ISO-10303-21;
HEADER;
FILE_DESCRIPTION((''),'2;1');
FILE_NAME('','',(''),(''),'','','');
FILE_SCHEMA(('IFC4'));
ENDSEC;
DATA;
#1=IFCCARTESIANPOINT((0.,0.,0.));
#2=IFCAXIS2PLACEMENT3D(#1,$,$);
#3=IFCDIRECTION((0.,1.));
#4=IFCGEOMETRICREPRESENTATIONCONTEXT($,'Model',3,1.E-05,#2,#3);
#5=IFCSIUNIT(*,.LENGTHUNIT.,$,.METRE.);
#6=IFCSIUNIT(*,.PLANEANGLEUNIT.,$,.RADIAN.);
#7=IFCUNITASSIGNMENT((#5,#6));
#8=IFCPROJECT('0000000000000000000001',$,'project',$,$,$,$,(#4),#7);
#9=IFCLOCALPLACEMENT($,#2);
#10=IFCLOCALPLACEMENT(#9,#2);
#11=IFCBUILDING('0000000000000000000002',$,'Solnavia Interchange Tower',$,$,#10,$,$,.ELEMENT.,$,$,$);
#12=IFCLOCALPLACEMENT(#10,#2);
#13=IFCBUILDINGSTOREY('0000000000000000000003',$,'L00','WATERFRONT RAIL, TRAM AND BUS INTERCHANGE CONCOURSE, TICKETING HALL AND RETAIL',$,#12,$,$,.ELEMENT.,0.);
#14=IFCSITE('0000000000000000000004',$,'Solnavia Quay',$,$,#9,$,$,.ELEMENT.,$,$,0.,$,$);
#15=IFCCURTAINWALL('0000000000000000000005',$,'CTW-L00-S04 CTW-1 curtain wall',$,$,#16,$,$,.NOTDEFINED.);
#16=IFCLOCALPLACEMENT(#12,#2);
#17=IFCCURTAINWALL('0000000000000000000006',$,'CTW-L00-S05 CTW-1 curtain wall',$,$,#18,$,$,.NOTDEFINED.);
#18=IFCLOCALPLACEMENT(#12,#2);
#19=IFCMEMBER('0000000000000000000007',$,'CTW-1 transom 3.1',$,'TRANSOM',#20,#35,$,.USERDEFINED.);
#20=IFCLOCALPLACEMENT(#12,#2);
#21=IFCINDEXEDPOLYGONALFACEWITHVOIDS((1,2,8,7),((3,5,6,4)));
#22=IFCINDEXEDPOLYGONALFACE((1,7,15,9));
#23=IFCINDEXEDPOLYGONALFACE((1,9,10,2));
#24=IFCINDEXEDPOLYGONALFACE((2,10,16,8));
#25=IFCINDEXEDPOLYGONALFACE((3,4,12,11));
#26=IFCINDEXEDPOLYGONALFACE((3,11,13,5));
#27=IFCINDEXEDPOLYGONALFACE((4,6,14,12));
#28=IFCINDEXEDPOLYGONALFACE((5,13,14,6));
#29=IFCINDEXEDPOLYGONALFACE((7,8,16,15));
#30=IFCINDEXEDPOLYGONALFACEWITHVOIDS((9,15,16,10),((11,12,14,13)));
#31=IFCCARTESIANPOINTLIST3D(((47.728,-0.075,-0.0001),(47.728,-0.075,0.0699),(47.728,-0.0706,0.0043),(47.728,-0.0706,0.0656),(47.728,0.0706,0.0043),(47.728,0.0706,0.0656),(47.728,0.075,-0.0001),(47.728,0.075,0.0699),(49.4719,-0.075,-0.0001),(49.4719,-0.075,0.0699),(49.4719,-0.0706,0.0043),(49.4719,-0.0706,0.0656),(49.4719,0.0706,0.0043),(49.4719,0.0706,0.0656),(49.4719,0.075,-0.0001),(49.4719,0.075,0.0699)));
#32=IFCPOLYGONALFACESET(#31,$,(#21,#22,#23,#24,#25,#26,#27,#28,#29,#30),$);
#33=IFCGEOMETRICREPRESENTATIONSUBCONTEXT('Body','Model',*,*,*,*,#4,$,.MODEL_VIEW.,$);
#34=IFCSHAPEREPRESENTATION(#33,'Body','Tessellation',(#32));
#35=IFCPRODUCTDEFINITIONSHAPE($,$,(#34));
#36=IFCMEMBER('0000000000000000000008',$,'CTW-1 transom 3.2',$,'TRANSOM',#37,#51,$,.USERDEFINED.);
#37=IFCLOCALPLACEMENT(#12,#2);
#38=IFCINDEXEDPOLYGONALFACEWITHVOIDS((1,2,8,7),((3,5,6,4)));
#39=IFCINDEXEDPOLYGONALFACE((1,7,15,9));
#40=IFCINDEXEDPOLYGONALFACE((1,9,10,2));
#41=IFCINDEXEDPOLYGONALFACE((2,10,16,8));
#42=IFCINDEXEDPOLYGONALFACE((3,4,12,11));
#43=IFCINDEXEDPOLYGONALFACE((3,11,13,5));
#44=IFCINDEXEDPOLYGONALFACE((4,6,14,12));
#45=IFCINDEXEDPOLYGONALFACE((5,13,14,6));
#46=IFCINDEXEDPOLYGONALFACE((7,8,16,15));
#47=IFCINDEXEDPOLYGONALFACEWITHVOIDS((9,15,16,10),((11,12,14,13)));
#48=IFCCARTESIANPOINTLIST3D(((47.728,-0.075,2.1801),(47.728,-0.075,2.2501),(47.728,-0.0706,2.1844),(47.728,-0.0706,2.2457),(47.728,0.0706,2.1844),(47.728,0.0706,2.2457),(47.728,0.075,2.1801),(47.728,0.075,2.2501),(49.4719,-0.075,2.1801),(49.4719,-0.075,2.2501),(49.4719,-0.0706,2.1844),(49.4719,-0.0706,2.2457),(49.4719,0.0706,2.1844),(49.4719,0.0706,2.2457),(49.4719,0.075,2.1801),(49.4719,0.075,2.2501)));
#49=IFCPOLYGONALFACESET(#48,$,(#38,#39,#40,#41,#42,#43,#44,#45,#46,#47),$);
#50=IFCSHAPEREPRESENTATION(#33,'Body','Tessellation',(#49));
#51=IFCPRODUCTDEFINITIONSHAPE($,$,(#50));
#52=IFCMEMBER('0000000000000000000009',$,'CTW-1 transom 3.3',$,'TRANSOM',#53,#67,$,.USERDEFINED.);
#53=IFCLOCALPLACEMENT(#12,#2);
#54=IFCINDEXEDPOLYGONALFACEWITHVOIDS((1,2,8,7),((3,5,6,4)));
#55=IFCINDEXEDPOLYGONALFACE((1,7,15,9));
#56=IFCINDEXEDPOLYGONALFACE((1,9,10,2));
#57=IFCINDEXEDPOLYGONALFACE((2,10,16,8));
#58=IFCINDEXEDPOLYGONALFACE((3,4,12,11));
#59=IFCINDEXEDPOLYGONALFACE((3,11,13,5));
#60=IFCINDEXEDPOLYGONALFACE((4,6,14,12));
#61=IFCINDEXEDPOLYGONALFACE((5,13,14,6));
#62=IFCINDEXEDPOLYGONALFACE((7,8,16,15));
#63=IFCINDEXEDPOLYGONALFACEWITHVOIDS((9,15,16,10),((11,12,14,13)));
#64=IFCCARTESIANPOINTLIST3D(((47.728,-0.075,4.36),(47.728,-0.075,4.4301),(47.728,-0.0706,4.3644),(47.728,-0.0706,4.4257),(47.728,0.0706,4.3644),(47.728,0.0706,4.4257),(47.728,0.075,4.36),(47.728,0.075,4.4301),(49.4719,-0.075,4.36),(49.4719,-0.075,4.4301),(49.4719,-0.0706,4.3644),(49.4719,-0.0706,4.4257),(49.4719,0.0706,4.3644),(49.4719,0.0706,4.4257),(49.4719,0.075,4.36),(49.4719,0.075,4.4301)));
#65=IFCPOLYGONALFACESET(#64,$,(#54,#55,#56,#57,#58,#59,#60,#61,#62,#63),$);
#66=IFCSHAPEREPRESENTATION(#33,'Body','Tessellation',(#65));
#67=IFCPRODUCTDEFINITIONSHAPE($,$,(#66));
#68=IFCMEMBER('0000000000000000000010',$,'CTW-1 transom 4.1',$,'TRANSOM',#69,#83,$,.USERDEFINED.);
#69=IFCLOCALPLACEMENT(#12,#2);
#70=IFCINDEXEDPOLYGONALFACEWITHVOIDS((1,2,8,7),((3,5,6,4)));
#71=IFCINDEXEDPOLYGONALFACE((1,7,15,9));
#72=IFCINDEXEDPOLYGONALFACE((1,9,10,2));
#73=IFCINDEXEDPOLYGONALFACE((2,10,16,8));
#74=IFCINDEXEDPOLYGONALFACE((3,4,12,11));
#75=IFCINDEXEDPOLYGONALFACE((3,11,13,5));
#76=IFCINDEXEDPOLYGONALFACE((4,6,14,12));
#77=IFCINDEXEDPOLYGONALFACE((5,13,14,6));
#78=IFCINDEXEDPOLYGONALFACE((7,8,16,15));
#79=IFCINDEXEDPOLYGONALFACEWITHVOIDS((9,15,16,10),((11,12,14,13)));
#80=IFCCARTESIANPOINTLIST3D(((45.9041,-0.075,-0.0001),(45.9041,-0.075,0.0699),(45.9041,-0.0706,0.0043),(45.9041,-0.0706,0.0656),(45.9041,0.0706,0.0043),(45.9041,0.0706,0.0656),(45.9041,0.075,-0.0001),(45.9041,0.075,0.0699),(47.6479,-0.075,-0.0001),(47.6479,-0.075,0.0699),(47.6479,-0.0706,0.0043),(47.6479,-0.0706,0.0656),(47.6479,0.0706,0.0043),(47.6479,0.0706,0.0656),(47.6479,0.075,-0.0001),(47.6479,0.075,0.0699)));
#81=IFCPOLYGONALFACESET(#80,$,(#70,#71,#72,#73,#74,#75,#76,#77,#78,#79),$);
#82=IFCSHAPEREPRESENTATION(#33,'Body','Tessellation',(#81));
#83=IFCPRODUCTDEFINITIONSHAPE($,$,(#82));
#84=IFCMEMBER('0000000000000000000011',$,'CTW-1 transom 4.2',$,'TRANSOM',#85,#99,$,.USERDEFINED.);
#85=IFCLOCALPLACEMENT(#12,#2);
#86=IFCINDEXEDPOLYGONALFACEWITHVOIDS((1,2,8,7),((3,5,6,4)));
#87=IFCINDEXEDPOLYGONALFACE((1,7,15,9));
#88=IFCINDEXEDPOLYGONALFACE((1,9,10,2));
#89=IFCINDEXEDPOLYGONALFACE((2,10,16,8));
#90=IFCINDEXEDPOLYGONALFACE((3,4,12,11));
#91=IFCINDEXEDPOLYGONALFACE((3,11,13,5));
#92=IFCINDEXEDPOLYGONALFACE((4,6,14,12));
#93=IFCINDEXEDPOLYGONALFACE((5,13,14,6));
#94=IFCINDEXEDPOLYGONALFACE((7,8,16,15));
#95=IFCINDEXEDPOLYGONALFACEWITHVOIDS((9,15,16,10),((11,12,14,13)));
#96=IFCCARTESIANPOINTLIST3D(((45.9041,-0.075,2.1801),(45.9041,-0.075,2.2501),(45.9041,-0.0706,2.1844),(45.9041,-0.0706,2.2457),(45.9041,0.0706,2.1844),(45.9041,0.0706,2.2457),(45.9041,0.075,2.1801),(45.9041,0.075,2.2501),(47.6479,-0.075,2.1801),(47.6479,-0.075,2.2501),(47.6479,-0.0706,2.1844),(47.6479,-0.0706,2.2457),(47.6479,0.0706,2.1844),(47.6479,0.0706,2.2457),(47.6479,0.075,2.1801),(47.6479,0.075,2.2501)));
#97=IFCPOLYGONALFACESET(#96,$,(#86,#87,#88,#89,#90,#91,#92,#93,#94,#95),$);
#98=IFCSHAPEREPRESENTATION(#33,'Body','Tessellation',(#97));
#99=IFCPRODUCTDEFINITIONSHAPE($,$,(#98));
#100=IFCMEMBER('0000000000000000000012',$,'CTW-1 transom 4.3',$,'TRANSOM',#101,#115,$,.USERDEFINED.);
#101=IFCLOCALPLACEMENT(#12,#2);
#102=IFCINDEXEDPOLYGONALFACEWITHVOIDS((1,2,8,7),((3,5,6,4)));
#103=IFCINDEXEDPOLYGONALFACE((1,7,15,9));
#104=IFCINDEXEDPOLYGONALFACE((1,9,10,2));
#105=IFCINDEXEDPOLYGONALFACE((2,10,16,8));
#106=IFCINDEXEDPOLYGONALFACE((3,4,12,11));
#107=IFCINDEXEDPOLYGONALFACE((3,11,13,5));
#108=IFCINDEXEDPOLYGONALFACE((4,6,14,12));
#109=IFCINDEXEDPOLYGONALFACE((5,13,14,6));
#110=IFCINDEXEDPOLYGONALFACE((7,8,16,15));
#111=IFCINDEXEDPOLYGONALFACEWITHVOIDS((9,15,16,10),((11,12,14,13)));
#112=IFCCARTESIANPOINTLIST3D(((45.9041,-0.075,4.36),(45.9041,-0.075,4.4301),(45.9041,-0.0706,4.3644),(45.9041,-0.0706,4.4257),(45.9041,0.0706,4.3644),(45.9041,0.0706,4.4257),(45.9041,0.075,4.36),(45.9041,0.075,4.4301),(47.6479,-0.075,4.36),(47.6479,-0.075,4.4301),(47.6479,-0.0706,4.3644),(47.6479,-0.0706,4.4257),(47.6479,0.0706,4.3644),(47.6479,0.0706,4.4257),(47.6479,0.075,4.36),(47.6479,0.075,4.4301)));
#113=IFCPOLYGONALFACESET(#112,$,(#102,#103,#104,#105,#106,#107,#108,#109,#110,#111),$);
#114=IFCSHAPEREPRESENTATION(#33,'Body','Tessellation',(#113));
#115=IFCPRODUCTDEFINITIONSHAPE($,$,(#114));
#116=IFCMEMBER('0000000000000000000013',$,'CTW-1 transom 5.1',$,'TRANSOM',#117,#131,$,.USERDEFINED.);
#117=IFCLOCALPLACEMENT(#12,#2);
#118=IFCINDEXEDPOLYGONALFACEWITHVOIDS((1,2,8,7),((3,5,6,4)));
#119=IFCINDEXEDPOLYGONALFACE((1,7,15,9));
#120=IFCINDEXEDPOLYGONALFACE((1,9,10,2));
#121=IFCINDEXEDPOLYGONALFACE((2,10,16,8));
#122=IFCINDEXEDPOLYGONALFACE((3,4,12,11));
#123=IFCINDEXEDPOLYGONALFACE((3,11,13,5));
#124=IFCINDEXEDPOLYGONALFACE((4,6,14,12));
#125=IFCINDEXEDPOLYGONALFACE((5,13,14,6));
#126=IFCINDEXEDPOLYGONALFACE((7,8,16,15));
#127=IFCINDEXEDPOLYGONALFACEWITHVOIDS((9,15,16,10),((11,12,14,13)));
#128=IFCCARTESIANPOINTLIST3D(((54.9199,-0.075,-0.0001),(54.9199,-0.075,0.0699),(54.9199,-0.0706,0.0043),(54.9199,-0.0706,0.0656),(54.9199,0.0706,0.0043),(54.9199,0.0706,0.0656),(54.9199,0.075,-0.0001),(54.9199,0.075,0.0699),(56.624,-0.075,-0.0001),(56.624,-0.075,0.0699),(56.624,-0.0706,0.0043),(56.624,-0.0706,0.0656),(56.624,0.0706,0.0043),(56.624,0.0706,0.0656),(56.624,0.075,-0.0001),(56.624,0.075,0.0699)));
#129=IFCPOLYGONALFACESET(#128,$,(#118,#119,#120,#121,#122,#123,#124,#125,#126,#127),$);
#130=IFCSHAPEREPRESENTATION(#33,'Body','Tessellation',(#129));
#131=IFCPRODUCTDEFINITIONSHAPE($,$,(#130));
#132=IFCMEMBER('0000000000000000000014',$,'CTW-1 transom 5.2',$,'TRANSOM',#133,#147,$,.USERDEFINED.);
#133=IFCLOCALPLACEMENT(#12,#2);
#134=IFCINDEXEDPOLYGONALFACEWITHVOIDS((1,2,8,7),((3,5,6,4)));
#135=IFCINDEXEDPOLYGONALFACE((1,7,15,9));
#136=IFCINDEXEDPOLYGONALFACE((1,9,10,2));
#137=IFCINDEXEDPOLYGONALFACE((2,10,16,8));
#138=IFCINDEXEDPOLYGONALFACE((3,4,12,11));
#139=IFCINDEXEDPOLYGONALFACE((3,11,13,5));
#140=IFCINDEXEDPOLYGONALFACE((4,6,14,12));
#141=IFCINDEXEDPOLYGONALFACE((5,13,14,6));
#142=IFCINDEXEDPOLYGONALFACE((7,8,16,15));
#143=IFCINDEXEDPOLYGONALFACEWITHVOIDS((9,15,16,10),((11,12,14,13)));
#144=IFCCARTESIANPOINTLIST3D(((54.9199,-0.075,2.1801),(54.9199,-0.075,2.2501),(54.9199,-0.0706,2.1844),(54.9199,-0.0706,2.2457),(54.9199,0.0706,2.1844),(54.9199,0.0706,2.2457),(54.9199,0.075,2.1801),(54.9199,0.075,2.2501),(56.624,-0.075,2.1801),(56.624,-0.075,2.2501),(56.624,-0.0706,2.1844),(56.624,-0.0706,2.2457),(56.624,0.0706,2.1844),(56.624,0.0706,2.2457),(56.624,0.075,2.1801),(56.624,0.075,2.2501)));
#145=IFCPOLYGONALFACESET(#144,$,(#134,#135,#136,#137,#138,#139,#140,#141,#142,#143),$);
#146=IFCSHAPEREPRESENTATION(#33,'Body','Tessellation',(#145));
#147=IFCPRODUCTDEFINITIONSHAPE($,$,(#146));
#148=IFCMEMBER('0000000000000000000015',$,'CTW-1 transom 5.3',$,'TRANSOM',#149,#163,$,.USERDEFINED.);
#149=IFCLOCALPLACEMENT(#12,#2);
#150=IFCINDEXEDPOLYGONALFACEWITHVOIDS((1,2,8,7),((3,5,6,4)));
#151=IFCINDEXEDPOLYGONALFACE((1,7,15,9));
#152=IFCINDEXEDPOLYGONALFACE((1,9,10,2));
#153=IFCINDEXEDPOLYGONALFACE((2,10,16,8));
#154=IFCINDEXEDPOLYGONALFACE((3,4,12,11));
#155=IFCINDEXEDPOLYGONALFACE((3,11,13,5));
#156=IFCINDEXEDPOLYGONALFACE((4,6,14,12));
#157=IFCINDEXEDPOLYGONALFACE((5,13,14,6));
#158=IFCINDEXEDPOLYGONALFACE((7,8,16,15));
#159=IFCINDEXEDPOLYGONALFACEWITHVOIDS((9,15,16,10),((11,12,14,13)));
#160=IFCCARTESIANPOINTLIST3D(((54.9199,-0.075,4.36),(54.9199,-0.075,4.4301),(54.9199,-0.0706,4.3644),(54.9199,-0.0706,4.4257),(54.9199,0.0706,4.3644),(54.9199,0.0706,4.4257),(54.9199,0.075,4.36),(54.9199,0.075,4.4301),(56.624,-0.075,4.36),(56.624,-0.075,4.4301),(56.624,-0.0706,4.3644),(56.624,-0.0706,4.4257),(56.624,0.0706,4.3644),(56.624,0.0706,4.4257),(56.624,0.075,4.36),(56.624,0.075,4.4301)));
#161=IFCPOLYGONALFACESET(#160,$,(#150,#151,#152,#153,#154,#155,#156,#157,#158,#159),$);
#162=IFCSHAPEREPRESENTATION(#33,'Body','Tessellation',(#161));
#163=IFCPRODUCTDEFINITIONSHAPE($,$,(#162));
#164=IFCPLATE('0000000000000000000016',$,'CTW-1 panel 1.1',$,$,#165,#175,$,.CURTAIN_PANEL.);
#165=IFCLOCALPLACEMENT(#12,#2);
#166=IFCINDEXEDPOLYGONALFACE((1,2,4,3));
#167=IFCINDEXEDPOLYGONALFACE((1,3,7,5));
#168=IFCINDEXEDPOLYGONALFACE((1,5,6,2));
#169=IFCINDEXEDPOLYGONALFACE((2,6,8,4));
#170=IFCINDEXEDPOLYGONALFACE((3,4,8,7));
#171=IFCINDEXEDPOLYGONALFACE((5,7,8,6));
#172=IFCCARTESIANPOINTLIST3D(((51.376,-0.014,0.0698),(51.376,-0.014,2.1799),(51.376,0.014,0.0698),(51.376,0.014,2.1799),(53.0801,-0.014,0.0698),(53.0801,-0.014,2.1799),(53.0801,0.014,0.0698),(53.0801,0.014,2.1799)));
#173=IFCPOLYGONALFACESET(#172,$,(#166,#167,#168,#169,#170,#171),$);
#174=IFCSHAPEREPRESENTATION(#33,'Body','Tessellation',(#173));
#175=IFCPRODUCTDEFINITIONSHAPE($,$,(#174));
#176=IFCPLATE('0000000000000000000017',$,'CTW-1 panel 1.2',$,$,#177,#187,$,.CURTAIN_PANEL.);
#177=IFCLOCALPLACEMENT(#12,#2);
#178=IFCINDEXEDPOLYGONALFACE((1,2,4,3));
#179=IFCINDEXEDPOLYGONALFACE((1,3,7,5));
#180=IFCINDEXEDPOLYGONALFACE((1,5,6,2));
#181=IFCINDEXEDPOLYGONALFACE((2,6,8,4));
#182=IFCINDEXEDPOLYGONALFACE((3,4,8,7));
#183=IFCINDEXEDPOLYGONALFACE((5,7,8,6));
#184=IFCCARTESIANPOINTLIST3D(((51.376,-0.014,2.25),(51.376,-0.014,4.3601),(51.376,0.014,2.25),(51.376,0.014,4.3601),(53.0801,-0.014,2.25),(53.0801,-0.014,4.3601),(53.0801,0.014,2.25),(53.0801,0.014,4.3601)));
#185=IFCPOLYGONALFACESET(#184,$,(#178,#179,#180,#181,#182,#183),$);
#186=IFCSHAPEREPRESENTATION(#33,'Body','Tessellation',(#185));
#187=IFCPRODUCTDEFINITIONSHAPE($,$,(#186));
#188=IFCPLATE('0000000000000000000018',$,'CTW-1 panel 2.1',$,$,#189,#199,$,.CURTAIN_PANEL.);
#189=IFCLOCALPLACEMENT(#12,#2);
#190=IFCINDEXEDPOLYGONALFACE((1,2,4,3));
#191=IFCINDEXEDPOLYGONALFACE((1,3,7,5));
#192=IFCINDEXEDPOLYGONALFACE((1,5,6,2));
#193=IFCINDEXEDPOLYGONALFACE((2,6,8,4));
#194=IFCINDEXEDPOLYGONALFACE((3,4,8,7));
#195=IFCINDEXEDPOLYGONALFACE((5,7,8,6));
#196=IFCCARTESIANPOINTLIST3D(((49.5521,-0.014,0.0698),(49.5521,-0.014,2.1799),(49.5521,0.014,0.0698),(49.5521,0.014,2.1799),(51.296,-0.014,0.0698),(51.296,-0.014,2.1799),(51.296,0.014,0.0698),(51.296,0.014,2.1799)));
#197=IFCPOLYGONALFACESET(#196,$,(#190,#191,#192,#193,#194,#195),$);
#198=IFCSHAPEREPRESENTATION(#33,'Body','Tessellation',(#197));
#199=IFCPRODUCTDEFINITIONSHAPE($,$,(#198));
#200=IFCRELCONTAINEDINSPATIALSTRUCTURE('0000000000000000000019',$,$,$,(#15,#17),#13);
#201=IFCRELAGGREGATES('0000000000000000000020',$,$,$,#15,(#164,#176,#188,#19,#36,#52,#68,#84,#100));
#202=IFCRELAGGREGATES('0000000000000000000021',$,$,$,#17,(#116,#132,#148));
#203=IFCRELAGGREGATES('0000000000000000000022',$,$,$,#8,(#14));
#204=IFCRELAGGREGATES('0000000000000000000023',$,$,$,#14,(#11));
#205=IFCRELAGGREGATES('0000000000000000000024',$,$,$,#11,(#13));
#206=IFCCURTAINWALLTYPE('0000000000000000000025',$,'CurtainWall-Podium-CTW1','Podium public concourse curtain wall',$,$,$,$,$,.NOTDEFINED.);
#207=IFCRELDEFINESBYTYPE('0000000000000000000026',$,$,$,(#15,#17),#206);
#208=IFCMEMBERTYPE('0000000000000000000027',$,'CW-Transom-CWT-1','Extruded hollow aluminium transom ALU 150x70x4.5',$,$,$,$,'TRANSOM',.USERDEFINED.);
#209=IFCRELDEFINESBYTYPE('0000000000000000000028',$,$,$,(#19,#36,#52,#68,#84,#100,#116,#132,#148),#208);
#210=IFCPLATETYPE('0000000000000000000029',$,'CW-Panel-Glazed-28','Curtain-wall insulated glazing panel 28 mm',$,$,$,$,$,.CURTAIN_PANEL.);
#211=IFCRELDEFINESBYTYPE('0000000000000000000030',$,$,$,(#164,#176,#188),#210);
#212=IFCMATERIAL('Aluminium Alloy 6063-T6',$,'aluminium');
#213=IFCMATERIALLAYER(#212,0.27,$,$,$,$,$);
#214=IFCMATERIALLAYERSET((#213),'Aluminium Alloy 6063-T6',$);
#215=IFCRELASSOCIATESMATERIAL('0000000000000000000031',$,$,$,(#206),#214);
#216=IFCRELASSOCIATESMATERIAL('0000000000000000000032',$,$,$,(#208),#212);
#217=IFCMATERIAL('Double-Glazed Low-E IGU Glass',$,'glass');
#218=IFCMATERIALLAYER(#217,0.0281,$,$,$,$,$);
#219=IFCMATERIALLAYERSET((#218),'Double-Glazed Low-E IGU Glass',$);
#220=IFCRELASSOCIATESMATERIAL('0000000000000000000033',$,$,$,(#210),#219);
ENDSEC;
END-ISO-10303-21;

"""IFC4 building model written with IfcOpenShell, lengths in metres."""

from ifc_helpers import new_model, si_unit, direction, frame, origin, origin_2d, place, context, subcontext, project, spatial, rectangle, hollow_rectangle, extrude, material, layer, layer_set, material_profile, profile_set, type_object, element, aggregate, save


model = new_model("IFC4")

# Units and contexts
model_context = context("Model", 3, precision=1e-05, world=origin(), true_north=direction((0.0, 1.0)))
body_context = subcontext(model_context, "Body", "Model", "MODEL_VIEW")
ifc_project = project(units=[si_unit("LENGTHUNIT", "METRE"), si_unit("PLANEANGLEUNIT", "RADIAN")], contexts=[model_context])

# Site, building, storey
site_placement = place(None, origin())
site = spatial("IfcSite", under=ifc_project, at=site_placement, Name="Solnavia Quay", CompositionType="ELEMENT", RefElevation=0.0)
building_placement = place(site_placement, origin())
building = spatial("IfcBuilding", under=site, at=building_placement, Name="Solnavia Interchange Tower", CompositionType="ELEMENT")
storey_placement = place(building_placement, origin())
storey = spatial("IfcBuildingStorey", under=building, at=storey_placement, Name="L00", Description="WATERFRONT RAIL, TRAM AND BUS INTERCHANGE CONCOURSE, TICKETING HALL AND RETAIL", CompositionType="ELEMENT", Elevation=0.0)

# Curtain wall
ifc_material_1 = material(Name="Aluminium Alloy 6063-T6", Category="aluminium")
ifc_layer_1 = layer(ifc_material_1, 0.27)
ifc_layer_set_1 = layer_set([ifc_layer_1], Name="Aluminium Alloy 6063-T6")
curtain_wall_type = type_object("IfcCurtainWallType", Name="CurtainWall-Podium-CTW1", Description="Podium public concourse curtain wall", PredefinedType="NOTDEFINED", material=ifc_layer_set_1)
curtain_wall_1_placement = place(storey_placement, origin())
curtain_wall_1 = element("IfcCurtainWall", 1, at=curtain_wall_1_placement, inside=storey, type_object=curtain_wall_type, Name="CTW-L00-S04 CTW-1 curtain wall", PredefinedType="NOTDEFINED")

# Curtain wall
curtain_wall_2_placement = place(storey_placement, origin())
curtain_wall_2 = element("IfcCurtainWall", 2, at=curtain_wall_2_placement, inside=storey, type_object=curtain_wall_type, Name="CTW-L00-S05 CTW-1 curtain wall", PredefinedType="NOTDEFINED")

# Members
ifc_material_profile_1 = material_profile(ifc_material_1, hollow_rectangle(XDim=0.0701, YDim=0.1499, WallThickness=0.0044, at=origin_2d()), Name="ALU 150x70x4.5")
ifc_profile_set_1 = profile_set([ifc_material_profile_1], Name="Aluminium Alloy 6063-T6")
member_type_1 = type_object("IfcMemberType", Name="CW-Transom-CWT-1", Description="Extruded hollow aluminium transom ALU 150x70x4.5", ElementType="TRANSOM", PredefinedType="USERDEFINED", material=ifc_profile_set_1)
member_1_placement = place(storey_placement, frame((49.4719, 0.0, 0.0349), z_axis=(-1.0, 0.0, 0.0), x_axis=(0.0, 0.0, 1.0)))
member_1 = element("IfcMember", 3, at=member_1_placement, type_object=member_type_1, Name="CTW-1 transom 3.1", ObjectType="TRANSOM", PredefinedType="USERDEFINED", context=body_context, shape_type="SweptSolid", body=[
    extrude(hollow_rectangle(XDim=0.0701, YDim=0.1499, WallThickness=0.0044, at=origin_2d()), origin(), (0.0, 0.0, 1.0), 1.7439),
])
member_2_placement = place(storey_placement, frame((49.4719, 0.0, 2.2151), z_axis=(-1.0, 0.0, 0.0), x_axis=(0.0, 0.0, 1.0)))
member_2 = element("IfcMember", 4, at=member_2_placement, type_object=member_type_1, Name="CTW-1 transom 3.2", ObjectType="TRANSOM", PredefinedType="USERDEFINED", context=body_context, shape_type="SweptSolid", body=[
    extrude(hollow_rectangle(XDim=0.0701, YDim=0.1499, WallThickness=0.0044, at=origin_2d()), origin(), (0.0, 0.0, 1.0), 1.7439),
])
member_3_placement = place(storey_placement, frame((49.4719, 0.0, 4.395), z_axis=(-1.0, 0.0, 0.0), x_axis=(0.0, 0.0, 1.0)))
member_3 = element("IfcMember", 5, at=member_3_placement, type_object=member_type_1, Name="CTW-1 transom 3.3", ObjectType="TRANSOM", PredefinedType="USERDEFINED", context=body_context, shape_type="SweptSolid", body=[
    extrude(hollow_rectangle(XDim=0.0701, YDim=0.1499, WallThickness=0.0044, at=origin_2d()), origin(), (0.0, 0.0, 1.0), 1.7439),
])
member_4_placement = place(storey_placement, frame((47.6479, 0.0, 0.0349), z_axis=(-1.0, 0.0, 0.0), x_axis=(0.0, 0.0, 1.0)))
member_4 = element("IfcMember", 6, at=member_4_placement, type_object=member_type_1, Name="CTW-1 transom 4.1", ObjectType="TRANSOM", PredefinedType="USERDEFINED", context=body_context, shape_type="SweptSolid", body=[
    extrude(hollow_rectangle(XDim=0.0701, YDim=0.1499, WallThickness=0.0044, at=origin_2d()), origin(), (0.0, 0.0, 1.0), 1.7439),
])
member_5_placement = place(storey_placement, frame((47.6479, 0.0, 2.2151), z_axis=(-1.0, 0.0, 0.0), x_axis=(0.0, 0.0, 1.0)))
member_5 = element("IfcMember", 7, at=member_5_placement, type_object=member_type_1, Name="CTW-1 transom 4.2", ObjectType="TRANSOM", PredefinedType="USERDEFINED", context=body_context, shape_type="SweptSolid", body=[
    extrude(hollow_rectangle(XDim=0.0701, YDim=0.1499, WallThickness=0.0044, at=origin_2d()), origin(), (0.0, 0.0, 1.0), 1.7439),
])
member_6_placement = place(storey_placement, frame((47.6479, 0.0, 4.395), z_axis=(-1.0, 0.0, 0.0), x_axis=(0.0, 0.0, 1.0)))
member_6 = element("IfcMember", 8, at=member_6_placement, type_object=member_type_1, Name="CTW-1 transom 4.3", ObjectType="TRANSOM", PredefinedType="USERDEFINED", context=body_context, shape_type="SweptSolid", body=[
    extrude(hollow_rectangle(XDim=0.0701, YDim=0.1499, WallThickness=0.0044, at=origin_2d()), origin(), (0.0, 0.0, 1.0), 1.7439),
])
member_7_placement = place(storey_placement, frame((56.624, 0.0, 0.0349), z_axis=(-1.0, 0.0, 0.0), x_axis=(0.0, 0.0, 1.0)))
member_7 = element("IfcMember", 9, at=member_7_placement, type_object=member_type_1, Name="CTW-1 transom 5.1", ObjectType="TRANSOM", PredefinedType="USERDEFINED", context=body_context, shape_type="SweptSolid", body=[
    extrude(hollow_rectangle(XDim=0.0701, YDim=0.1499, WallThickness=0.0044, at=origin_2d()), origin(), (0.0, 0.0, 1.0), 1.7041),
])
member_8_placement = place(storey_placement, frame((56.624, 0.0, 2.2151), z_axis=(-1.0, 0.0, 0.0), x_axis=(0.0, 0.0, 1.0)))
member_8 = element("IfcMember", 10, at=member_8_placement, type_object=member_type_1, Name="CTW-1 transom 5.2", ObjectType="TRANSOM", PredefinedType="USERDEFINED", context=body_context, shape_type="SweptSolid", body=[
    extrude(hollow_rectangle(XDim=0.0701, YDim=0.1499, WallThickness=0.0044, at=origin_2d()), origin(), (0.0, 0.0, 1.0), 1.7041),
])
member_9_placement = place(storey_placement, frame((56.624, 0.0, 4.395), z_axis=(-1.0, 0.0, 0.0), x_axis=(0.0, 0.0, 1.0)))
member_9 = element("IfcMember", 11, at=member_9_placement, type_object=member_type_1, Name="CTW-1 transom 5.3", ObjectType="TRANSOM", PredefinedType="USERDEFINED", context=body_context, shape_type="SweptSolid", body=[
    extrude(hollow_rectangle(XDim=0.0701, YDim=0.1499, WallThickness=0.0044, at=origin_2d()), origin(), (0.0, 0.0, 1.0), 1.7041),
])

# Plates
ifc_material_2 = material(Name="Double-Glazed Low-E IGU Glass", Category="glass")
ifc_layer_2 = layer(ifc_material_2, 0.0281)
ifc_layer_set_2 = layer_set([ifc_layer_2], Name="Double-Glazed Low-E IGU Glass")
plate_type = type_object("IfcPlateType", Name="CW-Panel-Glazed-28", Description="Curtain-wall insulated glazing panel 28 mm", PredefinedType="CURTAIN_PANEL", material=ifc_layer_set_2)
plate_1_placement = place(storey_placement, frame((52.228, 0.0, 0.0698), z_axis=(0.0, 0.0, 1.0), x_axis=(-1.0, 0.0, 0.0)))
plate_1 = element("IfcPlate", 12, at=plate_1_placement, type_object=plate_type, Name="CTW-1 panel 1.1", PredefinedType="CURTAIN_PANEL", context=body_context, shape_type="SweptSolid", body=[
    extrude(rectangle(XDim=1.7041, YDim=0.0281, at=origin_2d()), origin(), (0.0, 0.0, 1.0), 2.1101),
])
plate_2_placement = place(storey_placement, frame((52.228, 0.0, 2.25), z_axis=(0.0, 0.0, 1.0), x_axis=(-1.0, 0.0, 0.0)))
plate_2 = element("IfcPlate", 13, at=plate_2_placement, type_object=plate_type, Name="CTW-1 panel 1.2", PredefinedType="CURTAIN_PANEL", context=body_context, shape_type="SweptSolid", body=[
    extrude(rectangle(XDim=1.7041, YDim=0.0281, at=origin_2d()), origin(), (0.0, 0.0, 1.0), 2.1101),
])
plate_3_placement = place(storey_placement, frame((50.4241, 0.0, 0.0698), z_axis=(0.0, 0.0, 1.0), x_axis=(-1.0, 0.0, 0.0)))
plate_3 = element("IfcPlate", 14, at=plate_3_placement, type_object=plate_type, Name="CTW-1 panel 2.1", PredefinedType="CURTAIN_PANEL", context=body_context, shape_type="SweptSolid", body=[
    extrude(rectangle(XDim=1.7439, YDim=0.0281, at=origin_2d()), origin(), (0.0, 0.0, 1.0), 2.1101),
])
aggregate(curtain_wall_1, [plate_1, plate_2, plate_3, member_1, member_2, member_3, member_4, member_5, member_6])
aggregate(curtain_wall_2, [member_7, member_8, member_9])

save(model, "model.ifc")
